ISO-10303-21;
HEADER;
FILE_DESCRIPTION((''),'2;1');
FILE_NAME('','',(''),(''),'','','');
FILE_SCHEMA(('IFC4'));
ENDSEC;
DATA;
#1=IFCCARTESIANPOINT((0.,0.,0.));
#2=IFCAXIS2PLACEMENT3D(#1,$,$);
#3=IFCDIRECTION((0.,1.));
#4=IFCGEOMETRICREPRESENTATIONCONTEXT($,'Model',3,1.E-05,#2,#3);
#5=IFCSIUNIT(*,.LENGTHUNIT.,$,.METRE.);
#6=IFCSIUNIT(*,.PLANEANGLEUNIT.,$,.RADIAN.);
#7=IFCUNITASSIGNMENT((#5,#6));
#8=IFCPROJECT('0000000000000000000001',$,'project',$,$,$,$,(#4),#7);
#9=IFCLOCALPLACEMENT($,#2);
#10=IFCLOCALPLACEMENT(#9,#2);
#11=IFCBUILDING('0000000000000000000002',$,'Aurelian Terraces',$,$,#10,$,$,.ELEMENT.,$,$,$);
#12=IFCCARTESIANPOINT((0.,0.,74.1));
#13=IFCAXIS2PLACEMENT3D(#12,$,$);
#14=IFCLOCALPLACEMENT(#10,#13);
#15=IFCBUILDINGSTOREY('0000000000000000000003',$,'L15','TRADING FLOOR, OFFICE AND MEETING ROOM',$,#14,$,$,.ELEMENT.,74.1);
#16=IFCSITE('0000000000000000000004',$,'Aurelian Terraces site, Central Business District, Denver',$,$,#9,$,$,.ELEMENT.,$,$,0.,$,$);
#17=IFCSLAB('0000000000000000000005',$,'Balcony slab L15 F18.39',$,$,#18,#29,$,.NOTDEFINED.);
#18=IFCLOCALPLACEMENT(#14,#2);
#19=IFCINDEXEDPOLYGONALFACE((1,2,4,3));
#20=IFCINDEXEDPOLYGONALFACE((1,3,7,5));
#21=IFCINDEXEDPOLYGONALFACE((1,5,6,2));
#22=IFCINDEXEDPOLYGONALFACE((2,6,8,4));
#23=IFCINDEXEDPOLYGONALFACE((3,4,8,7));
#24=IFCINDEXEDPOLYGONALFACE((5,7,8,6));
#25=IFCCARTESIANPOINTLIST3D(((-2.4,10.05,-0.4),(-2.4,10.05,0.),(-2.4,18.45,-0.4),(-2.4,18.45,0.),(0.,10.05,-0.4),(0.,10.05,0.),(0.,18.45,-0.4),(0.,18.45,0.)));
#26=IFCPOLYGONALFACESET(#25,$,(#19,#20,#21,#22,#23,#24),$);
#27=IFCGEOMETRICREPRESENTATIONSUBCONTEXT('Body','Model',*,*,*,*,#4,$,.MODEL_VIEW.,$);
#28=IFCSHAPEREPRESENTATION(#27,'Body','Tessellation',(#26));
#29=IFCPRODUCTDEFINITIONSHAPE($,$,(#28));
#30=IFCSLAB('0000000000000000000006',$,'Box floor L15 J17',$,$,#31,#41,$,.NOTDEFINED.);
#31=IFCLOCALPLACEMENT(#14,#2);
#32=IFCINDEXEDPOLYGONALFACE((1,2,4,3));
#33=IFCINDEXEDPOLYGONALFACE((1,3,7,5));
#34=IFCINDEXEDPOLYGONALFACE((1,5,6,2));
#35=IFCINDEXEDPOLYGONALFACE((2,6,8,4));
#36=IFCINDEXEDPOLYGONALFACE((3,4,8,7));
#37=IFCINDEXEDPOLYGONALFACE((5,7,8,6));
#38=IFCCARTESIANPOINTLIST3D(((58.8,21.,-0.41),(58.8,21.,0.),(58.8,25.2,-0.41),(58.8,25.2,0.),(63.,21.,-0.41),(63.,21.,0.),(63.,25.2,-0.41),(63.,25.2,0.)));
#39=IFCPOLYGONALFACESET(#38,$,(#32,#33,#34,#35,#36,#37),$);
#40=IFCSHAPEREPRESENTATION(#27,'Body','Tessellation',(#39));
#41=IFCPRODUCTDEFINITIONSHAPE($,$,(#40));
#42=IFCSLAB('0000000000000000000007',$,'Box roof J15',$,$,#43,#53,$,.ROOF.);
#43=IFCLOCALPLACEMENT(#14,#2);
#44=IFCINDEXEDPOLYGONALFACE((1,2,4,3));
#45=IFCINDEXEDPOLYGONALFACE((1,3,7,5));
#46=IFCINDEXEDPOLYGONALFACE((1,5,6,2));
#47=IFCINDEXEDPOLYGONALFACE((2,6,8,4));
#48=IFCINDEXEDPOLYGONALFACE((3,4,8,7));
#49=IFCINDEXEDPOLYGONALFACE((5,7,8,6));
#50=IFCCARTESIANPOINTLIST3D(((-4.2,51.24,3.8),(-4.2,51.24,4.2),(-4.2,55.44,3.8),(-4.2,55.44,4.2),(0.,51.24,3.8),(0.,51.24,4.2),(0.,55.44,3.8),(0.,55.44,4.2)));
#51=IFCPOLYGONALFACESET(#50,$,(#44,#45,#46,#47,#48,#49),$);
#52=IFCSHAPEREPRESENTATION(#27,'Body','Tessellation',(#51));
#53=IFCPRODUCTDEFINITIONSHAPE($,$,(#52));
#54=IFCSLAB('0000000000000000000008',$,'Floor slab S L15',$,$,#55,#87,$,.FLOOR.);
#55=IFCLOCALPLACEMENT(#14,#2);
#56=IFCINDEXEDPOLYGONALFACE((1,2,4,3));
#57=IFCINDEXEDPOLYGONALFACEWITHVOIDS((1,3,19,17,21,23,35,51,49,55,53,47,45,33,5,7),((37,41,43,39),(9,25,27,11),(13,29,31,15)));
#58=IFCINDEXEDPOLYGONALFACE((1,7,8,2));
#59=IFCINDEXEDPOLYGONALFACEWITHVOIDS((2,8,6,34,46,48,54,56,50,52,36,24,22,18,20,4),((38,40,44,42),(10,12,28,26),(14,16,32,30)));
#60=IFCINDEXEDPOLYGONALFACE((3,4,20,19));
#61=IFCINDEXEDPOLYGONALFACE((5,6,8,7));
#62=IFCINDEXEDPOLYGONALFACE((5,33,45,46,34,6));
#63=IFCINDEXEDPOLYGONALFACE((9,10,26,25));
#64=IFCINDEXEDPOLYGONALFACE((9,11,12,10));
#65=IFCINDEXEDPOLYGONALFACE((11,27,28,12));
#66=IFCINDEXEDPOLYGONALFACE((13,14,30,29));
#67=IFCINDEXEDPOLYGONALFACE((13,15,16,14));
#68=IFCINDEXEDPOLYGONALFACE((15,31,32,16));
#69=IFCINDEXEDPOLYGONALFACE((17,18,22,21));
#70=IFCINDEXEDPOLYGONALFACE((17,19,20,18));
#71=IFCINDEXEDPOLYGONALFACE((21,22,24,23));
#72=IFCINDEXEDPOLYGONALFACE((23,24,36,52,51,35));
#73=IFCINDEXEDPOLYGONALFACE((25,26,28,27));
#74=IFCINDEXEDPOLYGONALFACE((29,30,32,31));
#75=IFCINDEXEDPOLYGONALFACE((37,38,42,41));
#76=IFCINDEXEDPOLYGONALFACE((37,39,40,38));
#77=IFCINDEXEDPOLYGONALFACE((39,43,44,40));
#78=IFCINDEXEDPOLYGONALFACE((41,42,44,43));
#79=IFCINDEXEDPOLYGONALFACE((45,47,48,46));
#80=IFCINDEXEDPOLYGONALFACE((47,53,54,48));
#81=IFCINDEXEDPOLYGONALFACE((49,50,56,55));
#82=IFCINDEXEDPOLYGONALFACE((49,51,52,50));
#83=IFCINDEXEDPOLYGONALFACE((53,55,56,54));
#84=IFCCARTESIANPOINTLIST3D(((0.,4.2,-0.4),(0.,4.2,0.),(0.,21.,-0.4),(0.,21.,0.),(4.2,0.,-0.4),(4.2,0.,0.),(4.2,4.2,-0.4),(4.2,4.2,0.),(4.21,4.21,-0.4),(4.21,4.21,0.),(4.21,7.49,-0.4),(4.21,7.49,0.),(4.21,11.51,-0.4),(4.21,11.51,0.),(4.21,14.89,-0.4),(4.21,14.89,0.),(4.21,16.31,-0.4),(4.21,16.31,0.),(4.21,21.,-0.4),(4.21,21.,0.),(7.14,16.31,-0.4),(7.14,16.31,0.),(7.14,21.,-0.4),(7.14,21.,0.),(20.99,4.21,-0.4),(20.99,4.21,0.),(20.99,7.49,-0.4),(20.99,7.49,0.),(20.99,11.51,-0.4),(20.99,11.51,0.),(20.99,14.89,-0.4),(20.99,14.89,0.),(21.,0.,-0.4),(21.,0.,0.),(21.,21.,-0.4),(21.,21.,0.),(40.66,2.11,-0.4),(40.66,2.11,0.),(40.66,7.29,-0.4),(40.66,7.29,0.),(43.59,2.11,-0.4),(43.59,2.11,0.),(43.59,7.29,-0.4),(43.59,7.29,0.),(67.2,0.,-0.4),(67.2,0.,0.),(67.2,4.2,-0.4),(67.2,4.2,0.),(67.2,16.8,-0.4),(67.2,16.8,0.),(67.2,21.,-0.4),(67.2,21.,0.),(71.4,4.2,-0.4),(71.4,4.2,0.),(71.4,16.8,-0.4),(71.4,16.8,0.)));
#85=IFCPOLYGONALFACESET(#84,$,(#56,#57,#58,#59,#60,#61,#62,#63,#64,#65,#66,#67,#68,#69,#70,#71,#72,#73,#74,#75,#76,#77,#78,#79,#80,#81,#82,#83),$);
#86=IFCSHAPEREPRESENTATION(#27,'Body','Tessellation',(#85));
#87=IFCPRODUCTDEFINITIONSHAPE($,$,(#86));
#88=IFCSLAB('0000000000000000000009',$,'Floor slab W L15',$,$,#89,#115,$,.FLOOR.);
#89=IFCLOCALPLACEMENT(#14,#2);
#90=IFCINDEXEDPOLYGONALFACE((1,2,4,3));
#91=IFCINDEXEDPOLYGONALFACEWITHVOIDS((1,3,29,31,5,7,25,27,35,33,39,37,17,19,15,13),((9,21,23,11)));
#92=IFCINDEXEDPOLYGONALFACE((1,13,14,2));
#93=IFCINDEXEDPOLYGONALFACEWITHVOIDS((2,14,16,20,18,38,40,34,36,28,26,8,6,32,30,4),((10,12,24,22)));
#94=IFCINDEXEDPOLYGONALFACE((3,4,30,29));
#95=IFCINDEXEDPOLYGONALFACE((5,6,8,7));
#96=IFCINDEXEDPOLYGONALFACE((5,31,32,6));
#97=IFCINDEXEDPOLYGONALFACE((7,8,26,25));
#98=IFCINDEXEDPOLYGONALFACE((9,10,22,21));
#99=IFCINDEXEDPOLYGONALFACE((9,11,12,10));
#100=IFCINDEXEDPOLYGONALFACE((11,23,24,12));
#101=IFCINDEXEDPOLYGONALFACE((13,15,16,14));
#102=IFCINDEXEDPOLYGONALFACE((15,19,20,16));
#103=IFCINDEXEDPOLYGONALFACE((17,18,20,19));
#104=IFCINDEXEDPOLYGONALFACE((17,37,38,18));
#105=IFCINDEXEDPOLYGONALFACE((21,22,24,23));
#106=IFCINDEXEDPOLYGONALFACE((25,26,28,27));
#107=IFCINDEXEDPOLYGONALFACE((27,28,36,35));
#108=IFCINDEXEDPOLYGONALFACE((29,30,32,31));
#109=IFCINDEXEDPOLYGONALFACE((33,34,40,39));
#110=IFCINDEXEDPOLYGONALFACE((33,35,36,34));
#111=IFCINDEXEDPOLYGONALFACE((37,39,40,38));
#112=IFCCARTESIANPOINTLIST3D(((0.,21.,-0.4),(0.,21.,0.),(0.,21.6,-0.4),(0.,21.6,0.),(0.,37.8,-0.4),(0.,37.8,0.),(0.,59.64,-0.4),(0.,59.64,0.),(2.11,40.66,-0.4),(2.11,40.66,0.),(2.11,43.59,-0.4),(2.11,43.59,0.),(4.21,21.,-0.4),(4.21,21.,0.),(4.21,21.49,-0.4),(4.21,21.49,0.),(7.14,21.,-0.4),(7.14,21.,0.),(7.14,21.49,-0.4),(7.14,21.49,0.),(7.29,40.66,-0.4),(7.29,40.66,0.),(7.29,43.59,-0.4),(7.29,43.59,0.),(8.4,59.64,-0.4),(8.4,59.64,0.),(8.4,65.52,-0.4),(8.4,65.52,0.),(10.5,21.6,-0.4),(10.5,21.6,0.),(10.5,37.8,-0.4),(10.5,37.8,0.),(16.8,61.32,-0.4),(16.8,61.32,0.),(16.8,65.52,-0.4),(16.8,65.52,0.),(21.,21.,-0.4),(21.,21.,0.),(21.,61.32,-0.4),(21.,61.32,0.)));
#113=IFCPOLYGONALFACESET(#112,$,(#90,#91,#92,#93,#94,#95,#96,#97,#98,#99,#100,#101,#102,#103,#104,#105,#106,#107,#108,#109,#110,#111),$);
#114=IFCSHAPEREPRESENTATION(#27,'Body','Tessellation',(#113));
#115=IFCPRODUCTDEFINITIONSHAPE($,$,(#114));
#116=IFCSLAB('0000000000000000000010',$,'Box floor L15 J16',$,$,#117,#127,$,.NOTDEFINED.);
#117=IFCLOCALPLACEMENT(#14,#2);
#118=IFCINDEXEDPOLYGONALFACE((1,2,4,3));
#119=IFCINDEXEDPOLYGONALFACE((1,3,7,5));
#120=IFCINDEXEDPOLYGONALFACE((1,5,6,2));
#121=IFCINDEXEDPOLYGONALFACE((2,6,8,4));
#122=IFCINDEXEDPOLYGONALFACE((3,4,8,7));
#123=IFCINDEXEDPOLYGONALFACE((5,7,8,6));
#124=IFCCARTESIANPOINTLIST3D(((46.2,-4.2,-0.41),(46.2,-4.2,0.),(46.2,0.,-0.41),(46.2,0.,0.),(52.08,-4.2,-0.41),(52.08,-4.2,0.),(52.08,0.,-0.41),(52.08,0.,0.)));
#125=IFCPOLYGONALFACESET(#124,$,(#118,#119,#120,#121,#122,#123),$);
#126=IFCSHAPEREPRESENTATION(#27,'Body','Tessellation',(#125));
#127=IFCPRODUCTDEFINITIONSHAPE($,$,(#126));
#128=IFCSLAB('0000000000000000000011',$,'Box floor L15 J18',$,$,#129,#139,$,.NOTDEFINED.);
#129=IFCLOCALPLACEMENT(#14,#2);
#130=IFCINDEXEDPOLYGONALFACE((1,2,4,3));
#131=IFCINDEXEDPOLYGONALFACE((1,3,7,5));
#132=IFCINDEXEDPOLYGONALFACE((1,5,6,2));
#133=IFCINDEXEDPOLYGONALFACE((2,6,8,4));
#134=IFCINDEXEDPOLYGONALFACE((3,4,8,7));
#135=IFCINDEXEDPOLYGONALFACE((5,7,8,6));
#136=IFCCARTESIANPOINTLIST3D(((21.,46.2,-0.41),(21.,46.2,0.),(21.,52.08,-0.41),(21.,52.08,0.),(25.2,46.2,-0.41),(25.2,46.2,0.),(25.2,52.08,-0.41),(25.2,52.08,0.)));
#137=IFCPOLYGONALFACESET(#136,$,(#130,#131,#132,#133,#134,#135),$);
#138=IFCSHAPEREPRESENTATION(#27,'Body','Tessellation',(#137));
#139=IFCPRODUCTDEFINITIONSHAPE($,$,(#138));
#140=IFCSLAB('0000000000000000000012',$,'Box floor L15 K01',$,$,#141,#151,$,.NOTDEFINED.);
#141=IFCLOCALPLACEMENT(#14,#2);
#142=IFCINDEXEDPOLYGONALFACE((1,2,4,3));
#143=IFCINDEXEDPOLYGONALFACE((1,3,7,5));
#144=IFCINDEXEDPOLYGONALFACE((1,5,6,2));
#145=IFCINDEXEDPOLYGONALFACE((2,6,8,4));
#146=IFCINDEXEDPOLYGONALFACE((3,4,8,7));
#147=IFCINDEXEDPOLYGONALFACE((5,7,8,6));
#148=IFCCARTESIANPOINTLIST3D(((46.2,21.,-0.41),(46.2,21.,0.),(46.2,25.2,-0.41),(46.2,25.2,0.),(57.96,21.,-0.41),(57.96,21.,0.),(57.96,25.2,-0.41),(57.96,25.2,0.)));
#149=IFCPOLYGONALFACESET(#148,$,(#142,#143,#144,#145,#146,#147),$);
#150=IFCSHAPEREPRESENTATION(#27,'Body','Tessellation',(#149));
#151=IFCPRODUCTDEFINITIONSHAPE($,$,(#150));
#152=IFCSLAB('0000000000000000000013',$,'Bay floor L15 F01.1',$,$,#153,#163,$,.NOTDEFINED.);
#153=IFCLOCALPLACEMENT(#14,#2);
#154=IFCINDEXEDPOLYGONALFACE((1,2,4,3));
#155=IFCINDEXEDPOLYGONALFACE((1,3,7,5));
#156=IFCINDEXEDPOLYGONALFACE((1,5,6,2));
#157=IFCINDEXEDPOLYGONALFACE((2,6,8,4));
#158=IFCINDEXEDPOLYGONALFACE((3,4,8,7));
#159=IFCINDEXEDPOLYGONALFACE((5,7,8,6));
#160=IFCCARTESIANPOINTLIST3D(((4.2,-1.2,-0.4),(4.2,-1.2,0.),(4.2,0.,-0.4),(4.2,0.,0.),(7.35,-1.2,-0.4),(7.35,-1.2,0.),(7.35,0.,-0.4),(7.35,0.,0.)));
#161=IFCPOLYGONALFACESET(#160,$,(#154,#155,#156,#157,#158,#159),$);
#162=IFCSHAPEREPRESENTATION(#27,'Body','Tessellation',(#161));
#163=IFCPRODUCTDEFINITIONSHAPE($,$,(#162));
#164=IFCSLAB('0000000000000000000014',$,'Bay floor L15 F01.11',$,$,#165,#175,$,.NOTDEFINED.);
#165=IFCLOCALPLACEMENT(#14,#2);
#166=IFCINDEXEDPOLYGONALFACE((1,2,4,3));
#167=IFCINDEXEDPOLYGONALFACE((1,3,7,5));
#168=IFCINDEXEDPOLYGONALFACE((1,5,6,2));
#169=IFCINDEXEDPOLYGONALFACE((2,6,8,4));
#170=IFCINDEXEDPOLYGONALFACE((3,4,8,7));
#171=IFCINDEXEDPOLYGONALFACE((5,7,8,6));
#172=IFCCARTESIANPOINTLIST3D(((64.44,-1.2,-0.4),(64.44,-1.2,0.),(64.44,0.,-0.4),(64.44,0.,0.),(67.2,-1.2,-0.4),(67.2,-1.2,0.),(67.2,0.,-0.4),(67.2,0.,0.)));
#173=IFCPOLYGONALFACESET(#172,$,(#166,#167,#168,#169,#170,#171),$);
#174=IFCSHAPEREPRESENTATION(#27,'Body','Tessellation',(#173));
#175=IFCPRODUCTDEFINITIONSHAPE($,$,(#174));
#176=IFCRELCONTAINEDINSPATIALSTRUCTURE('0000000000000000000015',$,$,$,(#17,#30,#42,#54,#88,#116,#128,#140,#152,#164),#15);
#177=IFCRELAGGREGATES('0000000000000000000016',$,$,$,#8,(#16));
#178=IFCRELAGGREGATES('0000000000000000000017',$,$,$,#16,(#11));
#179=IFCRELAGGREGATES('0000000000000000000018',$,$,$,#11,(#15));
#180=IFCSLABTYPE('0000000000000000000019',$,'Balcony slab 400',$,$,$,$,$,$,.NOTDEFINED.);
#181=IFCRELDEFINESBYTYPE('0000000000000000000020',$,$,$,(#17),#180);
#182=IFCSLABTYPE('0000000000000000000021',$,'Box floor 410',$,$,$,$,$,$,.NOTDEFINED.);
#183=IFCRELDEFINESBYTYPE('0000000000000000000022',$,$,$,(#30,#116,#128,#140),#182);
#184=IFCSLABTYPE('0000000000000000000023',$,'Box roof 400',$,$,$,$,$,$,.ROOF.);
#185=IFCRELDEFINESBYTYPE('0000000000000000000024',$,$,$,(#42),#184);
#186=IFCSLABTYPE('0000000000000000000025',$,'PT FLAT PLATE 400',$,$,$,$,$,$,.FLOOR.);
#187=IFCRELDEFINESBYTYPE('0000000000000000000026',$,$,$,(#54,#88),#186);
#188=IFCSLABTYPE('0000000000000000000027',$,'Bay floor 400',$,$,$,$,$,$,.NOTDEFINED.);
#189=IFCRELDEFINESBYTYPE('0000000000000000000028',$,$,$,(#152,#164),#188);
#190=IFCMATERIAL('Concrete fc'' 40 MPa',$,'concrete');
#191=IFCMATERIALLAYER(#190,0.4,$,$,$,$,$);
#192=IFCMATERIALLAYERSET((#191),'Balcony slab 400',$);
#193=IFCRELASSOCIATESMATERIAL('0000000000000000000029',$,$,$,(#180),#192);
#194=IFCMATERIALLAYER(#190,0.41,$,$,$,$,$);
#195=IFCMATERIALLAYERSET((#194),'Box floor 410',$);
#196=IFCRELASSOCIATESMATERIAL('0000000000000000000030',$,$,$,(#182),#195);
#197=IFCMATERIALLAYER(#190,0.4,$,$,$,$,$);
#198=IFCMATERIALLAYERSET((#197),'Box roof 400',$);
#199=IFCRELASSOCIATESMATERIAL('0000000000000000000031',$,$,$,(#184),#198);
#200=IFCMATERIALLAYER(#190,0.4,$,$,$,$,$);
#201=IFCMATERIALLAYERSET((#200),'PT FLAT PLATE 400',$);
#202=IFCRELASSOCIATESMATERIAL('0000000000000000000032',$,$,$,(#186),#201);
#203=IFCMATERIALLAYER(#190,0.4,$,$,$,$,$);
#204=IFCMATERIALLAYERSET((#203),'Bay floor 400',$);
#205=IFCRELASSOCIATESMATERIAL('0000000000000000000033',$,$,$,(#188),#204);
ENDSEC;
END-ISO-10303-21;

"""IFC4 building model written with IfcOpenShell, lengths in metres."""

from ifc_helpers import new_model, si_unit, direction, frame, origin, place, context, subcontext, project, spatial, polyline, outline, extrude, source, transform, mapped, material, layer, layer_set, type_object, element, save


model = new_model("IFC4")

# Units and contexts
model_context = context("Model", 3, precision=1e-05, world=origin(), true_north=direction((0.0, 1.0)))
body_context = subcontext(model_context, "Body", "Model", "MODEL_VIEW")
ifc_project = project(units=[si_unit("LENGTHUNIT", "METRE"), si_unit("PLANEANGLEUNIT", "RADIAN")], contexts=[model_context])

# Site, building, storey
site_placement = place(None, origin())
site = spatial("IfcSite", under=ifc_project, at=site_placement, Name="Aurelian Terraces site, Central Business District, Denver", CompositionType="ELEMENT", RefElevation=0.0)
building_placement = place(site_placement, origin())
building = spatial("IfcBuilding", under=site, at=building_placement, Name="Aurelian Terraces", CompositionType="ELEMENT")
storey_placement = place(building_placement, frame((0.0, 0.0, 74.1)))
storey = spatial("IfcBuildingStorey", under=building, at=storey_placement, Name="L15", Description="TRADING FLOOR, OFFICE AND MEETING ROOM", CompositionType="ELEMENT", Elevation=74.1)

# Slabs
ifc_material_1 = material(Name="Concrete fc' 40 MPa", Category="concrete")
ifc_layer_1 = layer(ifc_material_1, 0.4)
ifc_layer_set_1 = layer_set([ifc_layer_1], Name="Balcony slab 400")
slab_type_1 = type_object("IfcSlabType", Name="Balcony slab 400", PredefinedType="NOTDEFINED", material=ifc_layer_set_1)
slab_1_placement = place(storey_placement, frame((0.0, 0.0, -0.4)))
element("IfcSlab", 1, at=slab_1_placement, inside=storey, type_object=slab_type_1, Name="Balcony slab L15 F18.39", PredefinedType="NOTDEFINED", context=body_context, shape_type="SweptSolid", body=[
    extrude(outline(polyline([(0.0, 18.45), (0.0, 10.05), (-2.4, 10.05), (-2.4, 18.45), (0.0, 18.45)])), origin(), (0.0, 0.0, 1.0), 0.4),
])
ifc_layer_2 = layer(ifc_material_1, 0.41)
ifc_layer_set_2 = layer_set([ifc_layer_2], Name="Box floor 410")
slab_type_2 = type_object("IfcSlabType", Name="Box floor 410", PredefinedType="NOTDEFINED", material=ifc_layer_set_2)
slab_2_placement = place(storey_placement, frame((0.0, 0.0, -0.41)))
element("IfcSlab", 2, at=slab_2_placement, inside=storey, type_object=slab_type_2, Name="Box floor L15 J17", PredefinedType="NOTDEFINED", context=body_context, shape_type="SweptSolid", body=[
    extrude(outline(polyline([(63.0, 25.2), (58.8, 25.2), (58.8, 21.0), (63.0, 21.0), (63.0, 25.2)])), origin(), (0.0, 0.0, 1.0), 0.41),
])
ifc_layer_3 = layer(ifc_material_1, 0.4)
ifc_layer_set_3 = layer_set([ifc_layer_3], Name="Box roof 400")
slab_type_3 = type_object("IfcSlabType", Name="Box roof 400", PredefinedType="ROOF", material=ifc_layer_set_3)
slab_3_placement = place(storey_placement, frame((0.0, 0.0, 3.8)))
element("IfcSlab", 3, at=slab_3_placement, inside=storey, type_object=slab_type_3, Name="Box roof J15", PredefinedType="ROOF", context=body_context, shape_type="SweptSolid", body=[
    extrude(outline(polyline([(-4.2, 55.44), (-4.2, 51.24), (0.0, 51.24), (0.0, 55.44), (-4.2, 55.44)])), origin(), (0.0, 0.0, 1.0), 0.4),
])
ifc_layer_4 = layer(ifc_material_1, 0.4)
ifc_layer_set_4 = layer_set([ifc_layer_4], Name="PT FLAT PLATE 400")
slab_type_4 = type_object("IfcSlabType", Name="PT FLAT PLATE 400", PredefinedType="FLOOR", material=ifc_layer_set_4)
shared_shape_1 = source(origin(), body_context, "Body", "SweptSolid", [
    extrude(outline(polyline([(71.4, 16.8), (71.4, 4.2), (67.2, 4.2), (67.2, 0.0), (21.0, 0.0), (4.2, 0.0), (4.2, 4.2), (0.0, 4.2), (0.0, 21.0), (4.21, 21.0), (4.21, 16.31), (7.14, 16.31), (7.14, 21.0), (21.0, 21.0), (67.2, 21.0), (67.2, 16.8), (71.4, 16.8)]), holes=[polyline([(40.66, 2.11), (43.59, 2.11), (43.59, 7.29), (40.66, 7.29), (40.66, 2.11)]), polyline([(4.21, 7.49), (4.21, 4.21), (20.99, 4.21), (20.99, 7.49), (4.21, 7.49)]), polyline([(4.21, 14.89), (4.21, 11.51), (20.99, 11.51), (20.99, 14.89), (4.21, 14.89)])]), origin(), (0.0, 0.0, 1.0), 0.4),
])
slab_4_placement = place(storey_placement, frame((0.0, 0.0, -0.4)))
element("IfcSlab", 4, at=slab_4_placement, inside=storey, type_object=slab_type_4, Name="Floor slab S L15", PredefinedType="FLOOR", context=body_context, shape_type="MappedRepresentation", body=[
    mapped(shared_shape_1, transform((0.0, 0.0, 0.0), scale=1.0)),
])
shared_shape_2 = source(origin(), body_context, "Body", "SweptSolid", [
    extrude(outline(polyline([(10.5, 21.6), (10.5, 37.8), (0.0, 37.8), (0.0, 59.64), (8.4, 59.64), (8.4, 65.52), (16.8, 65.52), (16.8, 61.32), (21.0, 61.32), (21.0, 21.0), (7.14, 21.0), (7.14, 21.49), (4.21, 21.49), (4.21, 21.0), (0.0, 21.0), (0.0, 21.6), (10.5, 21.6)]), holes=[polyline([(7.29, 43.59), (2.11, 43.59), (2.11, 40.66), (7.29, 40.66), (7.29, 43.59)])]), origin(), (0.0, 0.0, 1.0), 0.4),
])
slab_5_placement = place(storey_placement, frame((0.0, 0.0, -0.4)))
element("IfcSlab", 5, at=slab_5_placement, inside=storey, type_object=slab_type_4, Name="Floor slab W L15", PredefinedType="FLOOR", context=body_context, shape_type="MappedRepresentation", body=[
    mapped(shared_shape_2, transform((0.0, 0.0, 0.0), scale=1.0)),
])
shared_shape_3 = source(origin(), body_context, "Body", "SweptSolid", [
    extrude(outline(polyline([(46.2, -4.2), (52.08, -4.2), (52.08, 0.0), (46.2, 0.0), (46.2, -4.2)])), origin(), (0.0, 0.0, 1.0), 0.41),
])
slab_6_placement = place(storey_placement, frame((0.0, 0.0, -0.41)))
element("IfcSlab", 6, at=slab_6_placement, inside=storey, type_object=slab_type_2, Name="Box floor L15 J16", PredefinedType="NOTDEFINED", context=body_context, shape_type="MappedRepresentation", body=[
    mapped(shared_shape_3, transform((0.0, 0.0, 0.0), scale=1.0)),
])
shared_shape_4 = source(origin(), body_context, "Body", "SweptSolid", [
    extrude(outline(polyline([(25.2, 46.2), (25.2, 52.08), (21.0, 52.08), (21.0, 46.2), (25.2, 46.2)])), origin(), (0.0, 0.0, 1.0), 0.41),
])
slab_7_placement = place(storey_placement, frame((0.0, 0.0, -0.41)))
element("IfcSlab", 7, at=slab_7_placement, inside=storey, type_object=slab_type_2, Name="Box floor L15 J18", PredefinedType="NOTDEFINED", context=body_context, shape_type="MappedRepresentation", body=[
    mapped(shared_shape_4, transform((0.0, 0.0, 0.0), scale=1.0)),
])
shared_shape_5 = source(origin(), body_context, "Body", "SweptSolid", [
    extrude(outline(polyline([(57.96, 25.2), (46.2, 25.2), (46.2, 21.0), (57.96, 21.0), (57.96, 25.2)])), origin(), (0.0, 0.0, 1.0), 0.41),
])
slab_8_placement = place(storey_placement, frame((0.0, 0.0, -0.41)))
element("IfcSlab", 8, at=slab_8_placement, inside=storey, type_object=slab_type_2, Name="Box floor L15 K01", PredefinedType="NOTDEFINED", context=body_context, shape_type="MappedRepresentation", body=[
    mapped(shared_shape_5, transform((0.0, 0.0, 0.0), scale=1.0)),
])
ifc_layer_5 = layer(ifc_material_1, 0.4)
ifc_layer_set_5 = layer_set([ifc_layer_5], Name="Bay floor 400")
slab_type_5 = type_object("IfcSlabType", Name="Bay floor 400", PredefinedType="NOTDEFINED", material=ifc_layer_set_5)
shared_shape_6 = source(origin(), body_context, "Body", "SweptSolid", [
    extrude(outline(polyline([(4.2, 0.0), (7.35, 0.0), (7.35, -1.2), (4.2, -1.2), (4.2, 0.0)])), origin(), (0.0, 0.0, 1.0), 0.4),
])
slab_9_placement = place(storey_placement, frame((0.0, 0.0, -0.4)))
element("IfcSlab", 9, at=slab_9_placement, inside=storey, type_object=slab_type_5, Name="Bay floor L15 F01.1", PredefinedType="NOTDEFINED", context=body_context, shape_type="MappedRepresentation", body=[
    mapped(shared_shape_6, transform((0.0, 0.0, 0.0), scale=1.0)),
])
shared_shape_7 = source(origin(), body_context, "Body", "SweptSolid", [
    extrude(outline(polyline([(64.44, 0.0), (67.2, 0.0), (67.2, -1.2), (64.44, -1.2), (64.44, 0.0)])), origin(), (0.0, 0.0, 1.0), 0.4),
])
slab_10_placement = place(storey_placement, frame((0.0, 0.0, -0.4)))
element("IfcSlab", 10, at=slab_10_placement, inside=storey, type_object=slab_type_5, Name="Bay floor L15 F01.11", PredefinedType="NOTDEFINED", context=body_context, shape_type="MappedRepresentation", body=[
    mapped(shared_shape_7, transform((0.0, 0.0, 0.0), scale=1.0)),
])

save(model, "model.ifc")
